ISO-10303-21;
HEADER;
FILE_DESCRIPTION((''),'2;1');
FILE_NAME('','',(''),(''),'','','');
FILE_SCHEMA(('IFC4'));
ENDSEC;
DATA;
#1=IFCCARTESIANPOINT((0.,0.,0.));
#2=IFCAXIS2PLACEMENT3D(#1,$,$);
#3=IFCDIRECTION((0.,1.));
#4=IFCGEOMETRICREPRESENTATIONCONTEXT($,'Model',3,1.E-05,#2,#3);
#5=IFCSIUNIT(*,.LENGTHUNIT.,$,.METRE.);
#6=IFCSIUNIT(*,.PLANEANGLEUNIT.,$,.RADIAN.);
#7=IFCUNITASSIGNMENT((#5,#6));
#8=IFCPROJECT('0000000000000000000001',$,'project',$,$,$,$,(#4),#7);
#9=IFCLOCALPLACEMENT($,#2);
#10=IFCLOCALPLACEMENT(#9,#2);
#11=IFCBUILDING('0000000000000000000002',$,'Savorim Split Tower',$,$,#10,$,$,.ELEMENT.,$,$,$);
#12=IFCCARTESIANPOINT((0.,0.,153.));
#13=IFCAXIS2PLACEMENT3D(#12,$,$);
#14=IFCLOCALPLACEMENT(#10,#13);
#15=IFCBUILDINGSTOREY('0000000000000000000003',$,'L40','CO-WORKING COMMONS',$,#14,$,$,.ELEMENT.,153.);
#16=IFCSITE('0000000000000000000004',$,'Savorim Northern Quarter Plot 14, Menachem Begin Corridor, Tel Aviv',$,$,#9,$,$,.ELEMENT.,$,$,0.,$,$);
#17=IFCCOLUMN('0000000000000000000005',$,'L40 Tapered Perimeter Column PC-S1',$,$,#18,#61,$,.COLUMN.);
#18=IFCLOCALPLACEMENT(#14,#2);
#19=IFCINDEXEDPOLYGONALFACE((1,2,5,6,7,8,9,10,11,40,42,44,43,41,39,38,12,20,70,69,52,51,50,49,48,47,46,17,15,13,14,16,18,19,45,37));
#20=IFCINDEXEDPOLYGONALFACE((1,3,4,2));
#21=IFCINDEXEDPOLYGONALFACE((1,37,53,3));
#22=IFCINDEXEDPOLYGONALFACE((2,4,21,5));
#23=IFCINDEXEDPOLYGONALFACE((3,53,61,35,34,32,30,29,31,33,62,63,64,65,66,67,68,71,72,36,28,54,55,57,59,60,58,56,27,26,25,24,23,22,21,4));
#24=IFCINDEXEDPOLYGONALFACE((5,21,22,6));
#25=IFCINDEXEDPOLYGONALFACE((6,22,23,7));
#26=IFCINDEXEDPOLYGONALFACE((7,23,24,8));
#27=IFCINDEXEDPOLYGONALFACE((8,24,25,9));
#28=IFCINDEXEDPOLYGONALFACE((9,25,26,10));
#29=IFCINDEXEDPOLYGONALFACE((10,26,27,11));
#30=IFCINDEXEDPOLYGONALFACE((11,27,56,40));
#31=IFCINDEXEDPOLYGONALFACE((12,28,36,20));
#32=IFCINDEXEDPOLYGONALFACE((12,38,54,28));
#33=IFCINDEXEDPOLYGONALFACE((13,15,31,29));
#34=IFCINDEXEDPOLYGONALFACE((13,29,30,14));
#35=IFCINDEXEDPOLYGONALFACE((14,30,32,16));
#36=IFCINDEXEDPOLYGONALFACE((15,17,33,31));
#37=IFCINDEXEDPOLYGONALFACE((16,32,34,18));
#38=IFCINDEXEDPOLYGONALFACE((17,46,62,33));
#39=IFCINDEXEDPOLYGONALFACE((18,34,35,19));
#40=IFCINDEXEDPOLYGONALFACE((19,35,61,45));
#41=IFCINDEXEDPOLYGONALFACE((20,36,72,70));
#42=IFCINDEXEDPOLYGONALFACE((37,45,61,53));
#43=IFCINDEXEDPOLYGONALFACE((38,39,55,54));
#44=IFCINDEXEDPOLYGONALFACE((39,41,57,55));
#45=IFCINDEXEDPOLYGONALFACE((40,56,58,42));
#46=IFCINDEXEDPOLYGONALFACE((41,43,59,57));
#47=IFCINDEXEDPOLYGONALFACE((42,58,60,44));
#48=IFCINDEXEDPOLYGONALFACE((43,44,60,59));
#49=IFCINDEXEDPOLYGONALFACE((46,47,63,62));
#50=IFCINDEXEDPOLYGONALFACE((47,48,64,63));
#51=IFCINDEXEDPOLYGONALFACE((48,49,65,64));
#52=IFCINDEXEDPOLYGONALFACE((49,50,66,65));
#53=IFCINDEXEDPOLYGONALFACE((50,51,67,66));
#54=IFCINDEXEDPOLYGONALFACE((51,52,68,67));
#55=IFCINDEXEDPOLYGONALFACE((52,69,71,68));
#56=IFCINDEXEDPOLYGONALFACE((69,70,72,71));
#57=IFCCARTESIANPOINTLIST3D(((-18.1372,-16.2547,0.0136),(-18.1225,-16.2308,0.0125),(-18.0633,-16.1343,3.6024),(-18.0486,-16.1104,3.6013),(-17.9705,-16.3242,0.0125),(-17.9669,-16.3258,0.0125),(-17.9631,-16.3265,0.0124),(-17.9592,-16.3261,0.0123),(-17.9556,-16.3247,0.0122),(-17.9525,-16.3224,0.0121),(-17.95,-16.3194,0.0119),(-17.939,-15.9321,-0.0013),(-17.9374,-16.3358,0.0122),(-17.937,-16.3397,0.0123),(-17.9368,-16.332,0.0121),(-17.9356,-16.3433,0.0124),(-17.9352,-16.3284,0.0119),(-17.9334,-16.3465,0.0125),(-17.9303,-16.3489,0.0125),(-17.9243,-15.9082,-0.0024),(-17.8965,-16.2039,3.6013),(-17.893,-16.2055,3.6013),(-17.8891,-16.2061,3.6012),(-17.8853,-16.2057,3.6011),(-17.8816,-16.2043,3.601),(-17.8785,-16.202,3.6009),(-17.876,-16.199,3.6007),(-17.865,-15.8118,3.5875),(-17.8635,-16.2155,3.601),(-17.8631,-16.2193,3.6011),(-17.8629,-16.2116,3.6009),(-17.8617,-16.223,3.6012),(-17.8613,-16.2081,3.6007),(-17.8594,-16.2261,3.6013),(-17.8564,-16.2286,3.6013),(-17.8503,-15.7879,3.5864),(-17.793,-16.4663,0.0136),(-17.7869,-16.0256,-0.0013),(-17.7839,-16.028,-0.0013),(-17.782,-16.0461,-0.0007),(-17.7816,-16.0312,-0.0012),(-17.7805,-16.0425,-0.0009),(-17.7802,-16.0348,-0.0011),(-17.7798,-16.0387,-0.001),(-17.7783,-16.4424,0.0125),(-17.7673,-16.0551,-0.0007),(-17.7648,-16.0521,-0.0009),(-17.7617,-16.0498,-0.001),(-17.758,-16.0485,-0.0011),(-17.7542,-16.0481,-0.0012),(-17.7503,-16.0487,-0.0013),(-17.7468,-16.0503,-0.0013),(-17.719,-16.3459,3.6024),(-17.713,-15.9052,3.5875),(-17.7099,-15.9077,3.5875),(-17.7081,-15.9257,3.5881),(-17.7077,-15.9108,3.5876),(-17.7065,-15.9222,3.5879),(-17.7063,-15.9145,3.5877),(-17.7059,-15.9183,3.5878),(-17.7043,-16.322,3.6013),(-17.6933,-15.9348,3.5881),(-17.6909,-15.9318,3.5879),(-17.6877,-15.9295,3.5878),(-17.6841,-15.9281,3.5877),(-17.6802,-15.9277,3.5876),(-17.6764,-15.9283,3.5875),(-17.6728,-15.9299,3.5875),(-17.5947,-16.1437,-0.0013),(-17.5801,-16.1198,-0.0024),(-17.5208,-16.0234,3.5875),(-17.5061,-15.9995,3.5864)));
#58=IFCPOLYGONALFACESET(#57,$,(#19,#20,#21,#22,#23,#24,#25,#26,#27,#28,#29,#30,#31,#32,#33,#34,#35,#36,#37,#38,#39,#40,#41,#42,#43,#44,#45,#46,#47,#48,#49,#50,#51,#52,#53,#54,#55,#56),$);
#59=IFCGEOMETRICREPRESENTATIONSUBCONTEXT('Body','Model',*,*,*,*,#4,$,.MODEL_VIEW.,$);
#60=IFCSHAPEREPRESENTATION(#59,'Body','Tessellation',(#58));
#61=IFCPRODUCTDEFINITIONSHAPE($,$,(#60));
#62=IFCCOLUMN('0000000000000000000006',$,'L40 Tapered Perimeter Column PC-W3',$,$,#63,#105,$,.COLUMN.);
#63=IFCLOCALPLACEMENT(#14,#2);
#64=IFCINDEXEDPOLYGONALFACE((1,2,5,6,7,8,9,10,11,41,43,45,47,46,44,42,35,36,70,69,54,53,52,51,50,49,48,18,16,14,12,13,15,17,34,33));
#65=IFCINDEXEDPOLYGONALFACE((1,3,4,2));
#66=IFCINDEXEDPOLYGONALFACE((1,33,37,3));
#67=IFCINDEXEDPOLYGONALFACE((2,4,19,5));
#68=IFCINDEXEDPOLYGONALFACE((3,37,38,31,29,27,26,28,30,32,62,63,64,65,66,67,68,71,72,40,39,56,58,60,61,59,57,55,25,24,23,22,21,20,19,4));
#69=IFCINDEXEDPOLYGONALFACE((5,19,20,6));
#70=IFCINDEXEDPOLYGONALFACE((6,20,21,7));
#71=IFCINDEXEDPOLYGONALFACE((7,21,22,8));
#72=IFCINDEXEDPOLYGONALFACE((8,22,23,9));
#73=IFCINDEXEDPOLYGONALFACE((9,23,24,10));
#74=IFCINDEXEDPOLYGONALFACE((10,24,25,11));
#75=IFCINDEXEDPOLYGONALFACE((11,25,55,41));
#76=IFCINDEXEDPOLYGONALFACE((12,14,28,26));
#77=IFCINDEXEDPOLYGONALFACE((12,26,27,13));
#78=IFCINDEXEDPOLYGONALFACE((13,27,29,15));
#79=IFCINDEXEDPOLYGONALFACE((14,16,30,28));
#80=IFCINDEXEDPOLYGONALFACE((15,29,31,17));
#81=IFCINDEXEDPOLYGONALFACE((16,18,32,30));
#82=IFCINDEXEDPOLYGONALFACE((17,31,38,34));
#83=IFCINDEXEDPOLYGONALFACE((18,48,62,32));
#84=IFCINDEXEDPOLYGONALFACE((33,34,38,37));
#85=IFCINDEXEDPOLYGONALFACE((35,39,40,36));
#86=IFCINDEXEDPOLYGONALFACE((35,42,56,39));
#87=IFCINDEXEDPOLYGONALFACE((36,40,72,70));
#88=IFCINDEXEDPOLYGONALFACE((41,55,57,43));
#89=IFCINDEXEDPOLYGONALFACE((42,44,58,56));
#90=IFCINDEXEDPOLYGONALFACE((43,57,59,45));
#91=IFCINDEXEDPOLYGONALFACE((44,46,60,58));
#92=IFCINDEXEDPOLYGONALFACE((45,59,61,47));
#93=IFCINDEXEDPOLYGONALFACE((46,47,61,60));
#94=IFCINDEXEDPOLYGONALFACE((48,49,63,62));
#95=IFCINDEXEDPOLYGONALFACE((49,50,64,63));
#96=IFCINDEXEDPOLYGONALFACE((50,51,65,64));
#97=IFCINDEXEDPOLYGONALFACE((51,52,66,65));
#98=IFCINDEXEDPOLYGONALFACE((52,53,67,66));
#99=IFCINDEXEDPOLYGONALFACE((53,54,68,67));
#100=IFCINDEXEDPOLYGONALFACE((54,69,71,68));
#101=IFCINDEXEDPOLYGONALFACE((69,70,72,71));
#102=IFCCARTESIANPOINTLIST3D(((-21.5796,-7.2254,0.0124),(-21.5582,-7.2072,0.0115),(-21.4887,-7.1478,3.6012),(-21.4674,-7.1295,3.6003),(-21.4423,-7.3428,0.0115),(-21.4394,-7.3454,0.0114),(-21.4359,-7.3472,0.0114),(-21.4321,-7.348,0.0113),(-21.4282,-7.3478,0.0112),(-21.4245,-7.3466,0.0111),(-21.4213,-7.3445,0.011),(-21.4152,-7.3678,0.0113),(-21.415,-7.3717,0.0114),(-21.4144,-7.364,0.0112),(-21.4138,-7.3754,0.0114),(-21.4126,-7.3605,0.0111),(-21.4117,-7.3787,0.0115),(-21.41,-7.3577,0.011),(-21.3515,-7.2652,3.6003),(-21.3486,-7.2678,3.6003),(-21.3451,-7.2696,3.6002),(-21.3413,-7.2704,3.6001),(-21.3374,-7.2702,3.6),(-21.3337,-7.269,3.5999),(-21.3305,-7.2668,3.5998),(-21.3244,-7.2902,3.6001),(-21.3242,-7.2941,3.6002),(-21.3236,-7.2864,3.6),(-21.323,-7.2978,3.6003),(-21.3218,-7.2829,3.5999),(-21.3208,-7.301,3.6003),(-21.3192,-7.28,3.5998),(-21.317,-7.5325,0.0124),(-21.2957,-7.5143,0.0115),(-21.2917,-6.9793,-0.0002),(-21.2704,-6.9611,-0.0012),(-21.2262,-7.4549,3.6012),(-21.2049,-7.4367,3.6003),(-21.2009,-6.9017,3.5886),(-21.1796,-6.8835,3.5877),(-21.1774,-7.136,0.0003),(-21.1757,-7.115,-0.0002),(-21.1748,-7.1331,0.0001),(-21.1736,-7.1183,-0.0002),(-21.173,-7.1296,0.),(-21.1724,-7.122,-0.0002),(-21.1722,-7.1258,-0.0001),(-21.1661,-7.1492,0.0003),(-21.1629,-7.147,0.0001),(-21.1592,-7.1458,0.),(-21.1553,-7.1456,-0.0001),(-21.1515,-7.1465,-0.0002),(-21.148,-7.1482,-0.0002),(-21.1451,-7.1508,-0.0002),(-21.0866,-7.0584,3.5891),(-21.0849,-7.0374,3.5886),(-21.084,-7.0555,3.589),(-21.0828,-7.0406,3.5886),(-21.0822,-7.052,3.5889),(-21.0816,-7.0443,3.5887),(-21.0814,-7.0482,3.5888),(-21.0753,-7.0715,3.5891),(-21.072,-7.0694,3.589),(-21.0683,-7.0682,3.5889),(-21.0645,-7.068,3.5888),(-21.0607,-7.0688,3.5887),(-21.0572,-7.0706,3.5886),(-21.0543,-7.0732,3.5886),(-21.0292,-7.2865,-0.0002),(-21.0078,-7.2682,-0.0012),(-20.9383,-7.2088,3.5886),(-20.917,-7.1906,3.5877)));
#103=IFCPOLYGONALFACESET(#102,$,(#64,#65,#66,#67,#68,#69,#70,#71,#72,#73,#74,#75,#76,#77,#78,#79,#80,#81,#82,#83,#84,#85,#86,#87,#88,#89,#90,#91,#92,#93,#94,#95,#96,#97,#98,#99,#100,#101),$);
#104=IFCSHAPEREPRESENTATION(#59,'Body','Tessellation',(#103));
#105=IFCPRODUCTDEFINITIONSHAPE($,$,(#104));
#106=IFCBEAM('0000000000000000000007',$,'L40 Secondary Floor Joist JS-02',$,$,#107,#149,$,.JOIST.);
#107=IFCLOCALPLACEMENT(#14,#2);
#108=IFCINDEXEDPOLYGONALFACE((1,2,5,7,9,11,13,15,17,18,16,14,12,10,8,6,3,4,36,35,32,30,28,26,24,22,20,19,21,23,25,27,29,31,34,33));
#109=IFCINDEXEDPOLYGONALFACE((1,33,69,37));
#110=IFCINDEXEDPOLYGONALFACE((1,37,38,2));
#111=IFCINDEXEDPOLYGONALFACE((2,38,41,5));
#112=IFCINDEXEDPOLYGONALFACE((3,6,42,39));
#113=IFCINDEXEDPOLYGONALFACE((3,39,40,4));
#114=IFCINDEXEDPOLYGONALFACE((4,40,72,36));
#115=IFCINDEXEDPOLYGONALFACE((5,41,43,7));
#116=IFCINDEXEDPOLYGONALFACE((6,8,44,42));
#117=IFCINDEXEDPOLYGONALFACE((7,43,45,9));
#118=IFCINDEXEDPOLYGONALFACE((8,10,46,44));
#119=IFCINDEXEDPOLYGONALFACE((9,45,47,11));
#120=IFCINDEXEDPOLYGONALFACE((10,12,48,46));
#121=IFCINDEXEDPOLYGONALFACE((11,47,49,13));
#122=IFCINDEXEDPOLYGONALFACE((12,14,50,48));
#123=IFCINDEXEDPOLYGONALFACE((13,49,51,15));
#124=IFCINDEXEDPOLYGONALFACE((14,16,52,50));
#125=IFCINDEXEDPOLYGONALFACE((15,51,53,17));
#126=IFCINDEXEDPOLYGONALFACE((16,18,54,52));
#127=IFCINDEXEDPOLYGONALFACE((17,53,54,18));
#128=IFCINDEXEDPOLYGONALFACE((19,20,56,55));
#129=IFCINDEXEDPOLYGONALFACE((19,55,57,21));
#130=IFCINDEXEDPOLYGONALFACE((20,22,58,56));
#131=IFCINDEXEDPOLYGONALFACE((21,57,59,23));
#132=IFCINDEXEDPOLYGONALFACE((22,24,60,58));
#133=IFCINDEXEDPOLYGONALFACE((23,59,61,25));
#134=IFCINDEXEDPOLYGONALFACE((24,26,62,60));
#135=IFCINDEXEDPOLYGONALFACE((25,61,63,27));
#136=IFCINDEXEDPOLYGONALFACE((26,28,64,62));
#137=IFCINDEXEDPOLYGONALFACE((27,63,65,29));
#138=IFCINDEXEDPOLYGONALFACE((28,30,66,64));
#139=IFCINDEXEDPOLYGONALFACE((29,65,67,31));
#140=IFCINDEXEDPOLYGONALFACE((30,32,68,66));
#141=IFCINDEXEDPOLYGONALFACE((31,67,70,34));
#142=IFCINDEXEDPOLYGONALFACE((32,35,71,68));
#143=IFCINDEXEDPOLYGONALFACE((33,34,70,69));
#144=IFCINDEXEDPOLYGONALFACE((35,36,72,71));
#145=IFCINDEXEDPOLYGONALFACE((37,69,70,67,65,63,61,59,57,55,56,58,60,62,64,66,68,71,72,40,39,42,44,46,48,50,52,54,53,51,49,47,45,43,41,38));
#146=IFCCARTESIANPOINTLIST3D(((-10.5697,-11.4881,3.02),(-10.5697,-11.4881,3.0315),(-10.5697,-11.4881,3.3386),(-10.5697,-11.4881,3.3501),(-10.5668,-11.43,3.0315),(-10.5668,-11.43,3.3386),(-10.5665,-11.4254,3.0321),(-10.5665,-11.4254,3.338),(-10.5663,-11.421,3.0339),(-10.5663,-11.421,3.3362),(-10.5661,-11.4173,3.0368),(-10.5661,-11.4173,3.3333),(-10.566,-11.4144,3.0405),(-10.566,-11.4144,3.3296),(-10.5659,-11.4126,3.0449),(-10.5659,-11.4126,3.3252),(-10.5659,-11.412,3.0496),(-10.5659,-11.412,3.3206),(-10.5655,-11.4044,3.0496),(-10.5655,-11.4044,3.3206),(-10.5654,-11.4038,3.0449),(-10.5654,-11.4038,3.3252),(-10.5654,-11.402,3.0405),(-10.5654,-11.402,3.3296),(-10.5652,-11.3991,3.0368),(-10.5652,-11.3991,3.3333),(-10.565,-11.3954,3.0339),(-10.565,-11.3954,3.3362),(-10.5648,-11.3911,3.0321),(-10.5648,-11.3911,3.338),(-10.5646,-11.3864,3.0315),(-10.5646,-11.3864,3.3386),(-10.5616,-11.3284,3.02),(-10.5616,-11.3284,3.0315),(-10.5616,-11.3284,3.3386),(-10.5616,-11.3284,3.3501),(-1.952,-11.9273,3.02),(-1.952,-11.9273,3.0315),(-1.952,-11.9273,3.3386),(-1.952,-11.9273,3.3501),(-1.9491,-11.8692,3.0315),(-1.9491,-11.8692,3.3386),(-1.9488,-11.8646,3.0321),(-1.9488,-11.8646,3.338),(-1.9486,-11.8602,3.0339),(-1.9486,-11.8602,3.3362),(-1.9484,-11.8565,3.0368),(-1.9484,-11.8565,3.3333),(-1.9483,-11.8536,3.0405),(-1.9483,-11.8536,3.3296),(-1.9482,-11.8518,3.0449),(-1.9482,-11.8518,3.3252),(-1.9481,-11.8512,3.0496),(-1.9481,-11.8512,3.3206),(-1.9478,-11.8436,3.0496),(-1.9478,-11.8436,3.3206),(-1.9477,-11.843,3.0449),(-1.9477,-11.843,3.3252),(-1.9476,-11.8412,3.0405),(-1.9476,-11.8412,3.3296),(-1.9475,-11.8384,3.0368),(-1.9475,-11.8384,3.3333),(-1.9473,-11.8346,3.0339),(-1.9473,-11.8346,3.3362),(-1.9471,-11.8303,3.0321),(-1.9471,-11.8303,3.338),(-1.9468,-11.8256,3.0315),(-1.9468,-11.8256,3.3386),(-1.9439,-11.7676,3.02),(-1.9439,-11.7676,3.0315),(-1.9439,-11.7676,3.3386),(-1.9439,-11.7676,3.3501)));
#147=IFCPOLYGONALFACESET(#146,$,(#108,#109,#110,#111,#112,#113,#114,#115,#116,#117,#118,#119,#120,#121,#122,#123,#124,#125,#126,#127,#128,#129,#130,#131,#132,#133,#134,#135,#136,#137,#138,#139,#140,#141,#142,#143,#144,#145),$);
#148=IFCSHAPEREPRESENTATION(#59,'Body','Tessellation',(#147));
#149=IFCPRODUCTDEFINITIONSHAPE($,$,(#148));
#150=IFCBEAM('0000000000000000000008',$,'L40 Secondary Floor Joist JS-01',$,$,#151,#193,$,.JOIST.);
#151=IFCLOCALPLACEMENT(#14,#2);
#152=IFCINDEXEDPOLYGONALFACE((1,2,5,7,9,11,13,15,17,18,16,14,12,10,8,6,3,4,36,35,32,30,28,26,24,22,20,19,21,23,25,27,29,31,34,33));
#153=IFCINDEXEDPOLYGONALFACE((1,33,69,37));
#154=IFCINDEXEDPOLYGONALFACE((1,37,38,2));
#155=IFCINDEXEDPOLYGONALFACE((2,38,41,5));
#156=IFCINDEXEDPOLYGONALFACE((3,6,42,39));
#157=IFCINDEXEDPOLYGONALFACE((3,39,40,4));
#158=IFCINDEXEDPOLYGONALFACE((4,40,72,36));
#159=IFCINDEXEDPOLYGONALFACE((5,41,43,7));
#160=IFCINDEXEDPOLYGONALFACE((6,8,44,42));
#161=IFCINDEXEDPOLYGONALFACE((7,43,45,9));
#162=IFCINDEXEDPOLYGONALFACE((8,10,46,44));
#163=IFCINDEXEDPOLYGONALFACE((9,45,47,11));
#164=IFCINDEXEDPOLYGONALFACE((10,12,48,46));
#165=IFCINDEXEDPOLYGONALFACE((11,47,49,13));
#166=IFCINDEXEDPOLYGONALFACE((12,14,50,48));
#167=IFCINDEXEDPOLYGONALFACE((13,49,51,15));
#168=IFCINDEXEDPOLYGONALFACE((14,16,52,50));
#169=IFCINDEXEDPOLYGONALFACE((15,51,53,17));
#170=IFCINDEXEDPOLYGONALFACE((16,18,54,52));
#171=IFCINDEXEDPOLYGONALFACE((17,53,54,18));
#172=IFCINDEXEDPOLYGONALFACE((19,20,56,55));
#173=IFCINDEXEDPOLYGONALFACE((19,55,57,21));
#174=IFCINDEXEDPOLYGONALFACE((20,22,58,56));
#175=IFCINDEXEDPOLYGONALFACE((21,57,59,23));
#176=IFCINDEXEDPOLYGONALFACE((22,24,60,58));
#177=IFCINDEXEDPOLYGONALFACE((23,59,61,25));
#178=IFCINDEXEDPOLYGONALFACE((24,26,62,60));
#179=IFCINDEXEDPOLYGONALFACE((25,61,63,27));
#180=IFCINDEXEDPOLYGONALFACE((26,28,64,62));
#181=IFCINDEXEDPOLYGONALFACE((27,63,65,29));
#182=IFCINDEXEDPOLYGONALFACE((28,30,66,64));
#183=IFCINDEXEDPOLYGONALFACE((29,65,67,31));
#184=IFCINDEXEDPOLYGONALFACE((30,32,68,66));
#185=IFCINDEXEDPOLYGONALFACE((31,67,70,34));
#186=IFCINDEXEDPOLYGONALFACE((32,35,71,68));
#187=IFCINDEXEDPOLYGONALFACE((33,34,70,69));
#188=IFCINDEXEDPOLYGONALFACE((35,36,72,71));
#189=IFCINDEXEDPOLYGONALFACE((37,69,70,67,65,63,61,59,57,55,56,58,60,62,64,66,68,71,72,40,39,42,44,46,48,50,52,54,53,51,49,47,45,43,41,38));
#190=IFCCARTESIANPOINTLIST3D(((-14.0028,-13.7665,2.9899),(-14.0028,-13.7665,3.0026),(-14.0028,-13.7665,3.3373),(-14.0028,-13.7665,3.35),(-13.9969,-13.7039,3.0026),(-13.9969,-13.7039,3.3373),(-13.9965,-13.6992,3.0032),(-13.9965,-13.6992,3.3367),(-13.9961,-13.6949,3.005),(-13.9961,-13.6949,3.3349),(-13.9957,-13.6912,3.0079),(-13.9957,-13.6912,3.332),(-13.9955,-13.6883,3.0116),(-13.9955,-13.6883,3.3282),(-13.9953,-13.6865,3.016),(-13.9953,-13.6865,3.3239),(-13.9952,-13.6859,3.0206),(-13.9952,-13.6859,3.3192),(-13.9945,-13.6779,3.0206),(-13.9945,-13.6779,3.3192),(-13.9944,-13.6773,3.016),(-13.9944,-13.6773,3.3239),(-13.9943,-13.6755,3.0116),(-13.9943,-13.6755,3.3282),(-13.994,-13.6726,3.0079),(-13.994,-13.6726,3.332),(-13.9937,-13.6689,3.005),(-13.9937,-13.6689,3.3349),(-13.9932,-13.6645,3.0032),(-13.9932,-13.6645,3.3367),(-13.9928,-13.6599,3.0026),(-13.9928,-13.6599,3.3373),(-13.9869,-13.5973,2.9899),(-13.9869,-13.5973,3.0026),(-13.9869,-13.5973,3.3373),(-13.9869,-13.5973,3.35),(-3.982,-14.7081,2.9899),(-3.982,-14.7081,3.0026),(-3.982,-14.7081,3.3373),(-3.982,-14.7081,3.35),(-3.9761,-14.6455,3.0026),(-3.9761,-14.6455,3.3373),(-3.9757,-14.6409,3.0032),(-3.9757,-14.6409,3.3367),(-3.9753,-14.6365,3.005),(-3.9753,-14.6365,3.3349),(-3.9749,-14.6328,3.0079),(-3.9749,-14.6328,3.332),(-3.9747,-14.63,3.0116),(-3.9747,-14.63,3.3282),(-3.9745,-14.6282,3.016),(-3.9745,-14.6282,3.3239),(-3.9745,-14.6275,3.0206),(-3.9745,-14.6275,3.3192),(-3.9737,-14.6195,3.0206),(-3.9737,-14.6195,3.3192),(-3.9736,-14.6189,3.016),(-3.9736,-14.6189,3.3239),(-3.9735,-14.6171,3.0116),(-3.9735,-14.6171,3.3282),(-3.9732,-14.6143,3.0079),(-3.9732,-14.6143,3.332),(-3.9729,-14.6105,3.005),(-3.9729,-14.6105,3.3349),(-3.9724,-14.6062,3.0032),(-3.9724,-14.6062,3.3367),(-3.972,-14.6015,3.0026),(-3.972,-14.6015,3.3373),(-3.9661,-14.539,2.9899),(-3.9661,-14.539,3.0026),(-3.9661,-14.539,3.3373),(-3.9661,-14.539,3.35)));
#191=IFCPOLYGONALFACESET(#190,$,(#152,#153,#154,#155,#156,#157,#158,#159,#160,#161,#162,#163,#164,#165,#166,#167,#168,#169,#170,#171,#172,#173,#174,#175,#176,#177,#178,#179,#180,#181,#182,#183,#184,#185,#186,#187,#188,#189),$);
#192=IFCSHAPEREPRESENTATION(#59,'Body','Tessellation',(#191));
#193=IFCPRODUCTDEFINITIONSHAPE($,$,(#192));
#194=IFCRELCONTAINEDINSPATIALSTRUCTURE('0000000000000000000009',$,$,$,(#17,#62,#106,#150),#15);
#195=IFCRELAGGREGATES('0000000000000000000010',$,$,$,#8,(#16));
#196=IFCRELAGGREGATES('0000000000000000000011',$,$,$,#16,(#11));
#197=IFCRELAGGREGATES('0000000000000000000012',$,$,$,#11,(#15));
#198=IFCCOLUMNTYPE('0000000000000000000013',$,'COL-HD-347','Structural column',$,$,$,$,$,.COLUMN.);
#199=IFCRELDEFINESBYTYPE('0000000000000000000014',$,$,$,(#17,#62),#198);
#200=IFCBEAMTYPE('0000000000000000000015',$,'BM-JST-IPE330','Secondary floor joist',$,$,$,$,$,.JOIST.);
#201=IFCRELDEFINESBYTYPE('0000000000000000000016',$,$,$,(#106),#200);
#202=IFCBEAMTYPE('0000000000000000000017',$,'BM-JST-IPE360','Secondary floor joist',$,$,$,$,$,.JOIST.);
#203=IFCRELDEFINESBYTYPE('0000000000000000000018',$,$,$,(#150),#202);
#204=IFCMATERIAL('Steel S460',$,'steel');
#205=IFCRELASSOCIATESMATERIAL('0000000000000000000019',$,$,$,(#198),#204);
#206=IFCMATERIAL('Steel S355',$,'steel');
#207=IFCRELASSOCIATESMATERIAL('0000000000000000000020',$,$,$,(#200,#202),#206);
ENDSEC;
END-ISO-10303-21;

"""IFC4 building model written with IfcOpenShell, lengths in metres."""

from ifc_helpers import new_model, si_unit, direction, frame, origin, origin_2d, place, context, subcontext, project, spatial, i_section, extrude, material, material_profile, profile_set, type_object, element, save


model = new_model("IFC4")

# Units and contexts
model_context = context("Model", 3, precision=1e-05, world=origin(), true_north=direction((0.0, 1.0)))
body_context = subcontext(model_context, "Body", "Model", "MODEL_VIEW")
ifc_project = project(units=[si_unit("LENGTHUNIT", "METRE"), si_unit("PLANEANGLEUNIT", "RADIAN")], contexts=[model_context])

# Site, building, storey
site_placement = place(None, origin())
site = spatial("IfcSite", under=ifc_project, at=site_placement, Name="Savorim Northern Quarter Plot 14, Menachem Begin Corridor, Tel Aviv", CompositionType="ELEMENT", RefElevation=0.0)
building_placement = place(site_placement, origin())
building = spatial("IfcBuilding", under=site, at=building_placement, Name="Savorim Split Tower", CompositionType="ELEMENT")
storey_placement = place(building_placement, frame((0.0, 0.0, 153.0)))
storey = spatial("IfcBuildingStorey", under=building, at=storey_placement, Name="L40", Description="CO-WORKING COMMONS", CompositionType="ELEMENT", Elevation=153.0)

# Columns
ifc_material_1 = material(Name="Steel S460", Category="steel")
ifc_material_profile_1 = material_profile(ifc_material_1, i_section(OverallWidth=0.4041, OverallDepth=0.407, WebThickness=0.0173, FlangeThickness=0.0281, FilletRadius=0.0149, at=origin_2d()), Name="HD 400x347")
ifc_profile_set_1 = profile_set([ifc_material_profile_1], Name="Steel S460")
column_type = type_object("IfcColumnType", Name="COL-HD-347", Description="Structural column", PredefinedType="COLUMN", material=ifc_profile_set_1)
column_1_placement = place(storey_placement, frame((-17.8586, -16.1873, 0.0056), z_axis=(0.020596, 0.033511, 0.999226), x_axis=(-0.851955, 0.523615, 0.0)))
element("IfcColumn", 1, at=column_1_placement, inside=storey, type_object=column_type, Name="L40 Tapered Perimeter Column PC-S1", PredefinedType="COLUMN", context=body_context, shape_type="SweptSolid", body=[
    extrude(i_section(OverallWidth=0.4041, OverallDepth=0.407, WebThickness=0.0173, FlangeThickness=0.0281, FilletRadius=0.0149, at=origin_2d()), origin(), (0.0, 0.0, 1.0), 3.5916),
])
column_2_placement = place(storey_placement, frame((-21.2937, -7.2468, 0.0056), z_axis=(0.025292, 0.021621, 0.999446), x_axis=(-0.649781, 0.760121, 0.0)))
element("IfcColumn", 2, at=column_2_placement, inside=storey, type_object=column_type, Name="L40 Tapered Perimeter Column PC-W3", PredefinedType="COLUMN", context=body_context, shape_type="SweptSolid", body=[
    extrude(i_section(OverallWidth=0.4041, OverallDepth=0.407, WebThickness=0.0173, FlangeThickness=0.0281, FilletRadius=0.0149, at=origin_2d()), origin(), (0.0, 0.0, 1.0), 3.5908),
])

# Beams
ifc_material_2 = material(Name="Steel S355", Category="steel")
ifc_material_profile_2 = material_profile(ifc_material_2, i_section(OverallWidth=0.1599, OverallDepth=0.3301, WebThickness=0.0076, FlangeThickness=0.0115, FilletRadius=0.0181, at=origin_2d()), Name="IPE 330")
ifc_profile_set_2 = profile_set([ifc_material_profile_2], Name="Steel S355")
beam_type_1 = type_object("IfcBeamType", Name="BM-JST-IPE330", Description="Secondary floor joist", PredefinedType="JOIST", material=ifc_profile_set_2)
beam_1_placement = place(storey_placement, frame((-10.5657, -11.4082, 3.1851), z_axis=(0.998704, -0.0509, 0.0), x_axis=(0.0509, 0.998704, 0.0)))
element("IfcBeam", 3, at=beam_1_placement, inside=storey, type_object=beam_type_1, Name="L40 Secondary Floor Joist JS-02", PredefinedType="JOIST", context=body_context, shape_type="SweptSolid", body=[
    extrude(i_section(OverallWidth=0.1599, OverallDepth=0.3301, WebThickness=0.0076, FlangeThickness=0.0115, FilletRadius=0.0181, at=origin_2d()), origin(), (0.0, 0.0, 1.0), 8.6289),
])
ifc_material_profile_3 = material_profile(ifc_material_2, i_section(OverallWidth=0.1699, OverallDepth=0.3601, WebThickness=0.0081, FlangeThickness=0.0127, FilletRadius=0.0181, at=origin_2d()), Name="IPE 360")
ifc_profile_set_3 = profile_set([ifc_material_profile_3], Name="Steel S355")
beam_type_2 = type_object("IfcBeamType", Name="BM-JST-IPE360", Description="Secondary floor joist", PredefinedType="JOIST", material=ifc_profile_set_3)
beam_2_placement = place(storey_placement, frame((-13.9949, -13.6819, 3.1699), z_axis=(0.995614, -0.093558, 0.0), x_axis=(0.093558, 0.995614, 0.0)))
element("IfcBeam", 4, at=beam_2_placement, inside=storey, type_object=beam_type_2, Name="L40 Secondary Floor Joist JS-01", PredefinedType="JOIST", context=body_context, shape_type="SweptSolid", body=[
    extrude(i_section(OverallWidth=0.1699, OverallDepth=0.3601, WebThickness=0.0081, FlangeThickness=0.0127, FilletRadius=0.0181, at=origin_2d()), origin(), (0.0, 0.0, 1.0), 10.0649),
])

save(model, "model.ifc")
